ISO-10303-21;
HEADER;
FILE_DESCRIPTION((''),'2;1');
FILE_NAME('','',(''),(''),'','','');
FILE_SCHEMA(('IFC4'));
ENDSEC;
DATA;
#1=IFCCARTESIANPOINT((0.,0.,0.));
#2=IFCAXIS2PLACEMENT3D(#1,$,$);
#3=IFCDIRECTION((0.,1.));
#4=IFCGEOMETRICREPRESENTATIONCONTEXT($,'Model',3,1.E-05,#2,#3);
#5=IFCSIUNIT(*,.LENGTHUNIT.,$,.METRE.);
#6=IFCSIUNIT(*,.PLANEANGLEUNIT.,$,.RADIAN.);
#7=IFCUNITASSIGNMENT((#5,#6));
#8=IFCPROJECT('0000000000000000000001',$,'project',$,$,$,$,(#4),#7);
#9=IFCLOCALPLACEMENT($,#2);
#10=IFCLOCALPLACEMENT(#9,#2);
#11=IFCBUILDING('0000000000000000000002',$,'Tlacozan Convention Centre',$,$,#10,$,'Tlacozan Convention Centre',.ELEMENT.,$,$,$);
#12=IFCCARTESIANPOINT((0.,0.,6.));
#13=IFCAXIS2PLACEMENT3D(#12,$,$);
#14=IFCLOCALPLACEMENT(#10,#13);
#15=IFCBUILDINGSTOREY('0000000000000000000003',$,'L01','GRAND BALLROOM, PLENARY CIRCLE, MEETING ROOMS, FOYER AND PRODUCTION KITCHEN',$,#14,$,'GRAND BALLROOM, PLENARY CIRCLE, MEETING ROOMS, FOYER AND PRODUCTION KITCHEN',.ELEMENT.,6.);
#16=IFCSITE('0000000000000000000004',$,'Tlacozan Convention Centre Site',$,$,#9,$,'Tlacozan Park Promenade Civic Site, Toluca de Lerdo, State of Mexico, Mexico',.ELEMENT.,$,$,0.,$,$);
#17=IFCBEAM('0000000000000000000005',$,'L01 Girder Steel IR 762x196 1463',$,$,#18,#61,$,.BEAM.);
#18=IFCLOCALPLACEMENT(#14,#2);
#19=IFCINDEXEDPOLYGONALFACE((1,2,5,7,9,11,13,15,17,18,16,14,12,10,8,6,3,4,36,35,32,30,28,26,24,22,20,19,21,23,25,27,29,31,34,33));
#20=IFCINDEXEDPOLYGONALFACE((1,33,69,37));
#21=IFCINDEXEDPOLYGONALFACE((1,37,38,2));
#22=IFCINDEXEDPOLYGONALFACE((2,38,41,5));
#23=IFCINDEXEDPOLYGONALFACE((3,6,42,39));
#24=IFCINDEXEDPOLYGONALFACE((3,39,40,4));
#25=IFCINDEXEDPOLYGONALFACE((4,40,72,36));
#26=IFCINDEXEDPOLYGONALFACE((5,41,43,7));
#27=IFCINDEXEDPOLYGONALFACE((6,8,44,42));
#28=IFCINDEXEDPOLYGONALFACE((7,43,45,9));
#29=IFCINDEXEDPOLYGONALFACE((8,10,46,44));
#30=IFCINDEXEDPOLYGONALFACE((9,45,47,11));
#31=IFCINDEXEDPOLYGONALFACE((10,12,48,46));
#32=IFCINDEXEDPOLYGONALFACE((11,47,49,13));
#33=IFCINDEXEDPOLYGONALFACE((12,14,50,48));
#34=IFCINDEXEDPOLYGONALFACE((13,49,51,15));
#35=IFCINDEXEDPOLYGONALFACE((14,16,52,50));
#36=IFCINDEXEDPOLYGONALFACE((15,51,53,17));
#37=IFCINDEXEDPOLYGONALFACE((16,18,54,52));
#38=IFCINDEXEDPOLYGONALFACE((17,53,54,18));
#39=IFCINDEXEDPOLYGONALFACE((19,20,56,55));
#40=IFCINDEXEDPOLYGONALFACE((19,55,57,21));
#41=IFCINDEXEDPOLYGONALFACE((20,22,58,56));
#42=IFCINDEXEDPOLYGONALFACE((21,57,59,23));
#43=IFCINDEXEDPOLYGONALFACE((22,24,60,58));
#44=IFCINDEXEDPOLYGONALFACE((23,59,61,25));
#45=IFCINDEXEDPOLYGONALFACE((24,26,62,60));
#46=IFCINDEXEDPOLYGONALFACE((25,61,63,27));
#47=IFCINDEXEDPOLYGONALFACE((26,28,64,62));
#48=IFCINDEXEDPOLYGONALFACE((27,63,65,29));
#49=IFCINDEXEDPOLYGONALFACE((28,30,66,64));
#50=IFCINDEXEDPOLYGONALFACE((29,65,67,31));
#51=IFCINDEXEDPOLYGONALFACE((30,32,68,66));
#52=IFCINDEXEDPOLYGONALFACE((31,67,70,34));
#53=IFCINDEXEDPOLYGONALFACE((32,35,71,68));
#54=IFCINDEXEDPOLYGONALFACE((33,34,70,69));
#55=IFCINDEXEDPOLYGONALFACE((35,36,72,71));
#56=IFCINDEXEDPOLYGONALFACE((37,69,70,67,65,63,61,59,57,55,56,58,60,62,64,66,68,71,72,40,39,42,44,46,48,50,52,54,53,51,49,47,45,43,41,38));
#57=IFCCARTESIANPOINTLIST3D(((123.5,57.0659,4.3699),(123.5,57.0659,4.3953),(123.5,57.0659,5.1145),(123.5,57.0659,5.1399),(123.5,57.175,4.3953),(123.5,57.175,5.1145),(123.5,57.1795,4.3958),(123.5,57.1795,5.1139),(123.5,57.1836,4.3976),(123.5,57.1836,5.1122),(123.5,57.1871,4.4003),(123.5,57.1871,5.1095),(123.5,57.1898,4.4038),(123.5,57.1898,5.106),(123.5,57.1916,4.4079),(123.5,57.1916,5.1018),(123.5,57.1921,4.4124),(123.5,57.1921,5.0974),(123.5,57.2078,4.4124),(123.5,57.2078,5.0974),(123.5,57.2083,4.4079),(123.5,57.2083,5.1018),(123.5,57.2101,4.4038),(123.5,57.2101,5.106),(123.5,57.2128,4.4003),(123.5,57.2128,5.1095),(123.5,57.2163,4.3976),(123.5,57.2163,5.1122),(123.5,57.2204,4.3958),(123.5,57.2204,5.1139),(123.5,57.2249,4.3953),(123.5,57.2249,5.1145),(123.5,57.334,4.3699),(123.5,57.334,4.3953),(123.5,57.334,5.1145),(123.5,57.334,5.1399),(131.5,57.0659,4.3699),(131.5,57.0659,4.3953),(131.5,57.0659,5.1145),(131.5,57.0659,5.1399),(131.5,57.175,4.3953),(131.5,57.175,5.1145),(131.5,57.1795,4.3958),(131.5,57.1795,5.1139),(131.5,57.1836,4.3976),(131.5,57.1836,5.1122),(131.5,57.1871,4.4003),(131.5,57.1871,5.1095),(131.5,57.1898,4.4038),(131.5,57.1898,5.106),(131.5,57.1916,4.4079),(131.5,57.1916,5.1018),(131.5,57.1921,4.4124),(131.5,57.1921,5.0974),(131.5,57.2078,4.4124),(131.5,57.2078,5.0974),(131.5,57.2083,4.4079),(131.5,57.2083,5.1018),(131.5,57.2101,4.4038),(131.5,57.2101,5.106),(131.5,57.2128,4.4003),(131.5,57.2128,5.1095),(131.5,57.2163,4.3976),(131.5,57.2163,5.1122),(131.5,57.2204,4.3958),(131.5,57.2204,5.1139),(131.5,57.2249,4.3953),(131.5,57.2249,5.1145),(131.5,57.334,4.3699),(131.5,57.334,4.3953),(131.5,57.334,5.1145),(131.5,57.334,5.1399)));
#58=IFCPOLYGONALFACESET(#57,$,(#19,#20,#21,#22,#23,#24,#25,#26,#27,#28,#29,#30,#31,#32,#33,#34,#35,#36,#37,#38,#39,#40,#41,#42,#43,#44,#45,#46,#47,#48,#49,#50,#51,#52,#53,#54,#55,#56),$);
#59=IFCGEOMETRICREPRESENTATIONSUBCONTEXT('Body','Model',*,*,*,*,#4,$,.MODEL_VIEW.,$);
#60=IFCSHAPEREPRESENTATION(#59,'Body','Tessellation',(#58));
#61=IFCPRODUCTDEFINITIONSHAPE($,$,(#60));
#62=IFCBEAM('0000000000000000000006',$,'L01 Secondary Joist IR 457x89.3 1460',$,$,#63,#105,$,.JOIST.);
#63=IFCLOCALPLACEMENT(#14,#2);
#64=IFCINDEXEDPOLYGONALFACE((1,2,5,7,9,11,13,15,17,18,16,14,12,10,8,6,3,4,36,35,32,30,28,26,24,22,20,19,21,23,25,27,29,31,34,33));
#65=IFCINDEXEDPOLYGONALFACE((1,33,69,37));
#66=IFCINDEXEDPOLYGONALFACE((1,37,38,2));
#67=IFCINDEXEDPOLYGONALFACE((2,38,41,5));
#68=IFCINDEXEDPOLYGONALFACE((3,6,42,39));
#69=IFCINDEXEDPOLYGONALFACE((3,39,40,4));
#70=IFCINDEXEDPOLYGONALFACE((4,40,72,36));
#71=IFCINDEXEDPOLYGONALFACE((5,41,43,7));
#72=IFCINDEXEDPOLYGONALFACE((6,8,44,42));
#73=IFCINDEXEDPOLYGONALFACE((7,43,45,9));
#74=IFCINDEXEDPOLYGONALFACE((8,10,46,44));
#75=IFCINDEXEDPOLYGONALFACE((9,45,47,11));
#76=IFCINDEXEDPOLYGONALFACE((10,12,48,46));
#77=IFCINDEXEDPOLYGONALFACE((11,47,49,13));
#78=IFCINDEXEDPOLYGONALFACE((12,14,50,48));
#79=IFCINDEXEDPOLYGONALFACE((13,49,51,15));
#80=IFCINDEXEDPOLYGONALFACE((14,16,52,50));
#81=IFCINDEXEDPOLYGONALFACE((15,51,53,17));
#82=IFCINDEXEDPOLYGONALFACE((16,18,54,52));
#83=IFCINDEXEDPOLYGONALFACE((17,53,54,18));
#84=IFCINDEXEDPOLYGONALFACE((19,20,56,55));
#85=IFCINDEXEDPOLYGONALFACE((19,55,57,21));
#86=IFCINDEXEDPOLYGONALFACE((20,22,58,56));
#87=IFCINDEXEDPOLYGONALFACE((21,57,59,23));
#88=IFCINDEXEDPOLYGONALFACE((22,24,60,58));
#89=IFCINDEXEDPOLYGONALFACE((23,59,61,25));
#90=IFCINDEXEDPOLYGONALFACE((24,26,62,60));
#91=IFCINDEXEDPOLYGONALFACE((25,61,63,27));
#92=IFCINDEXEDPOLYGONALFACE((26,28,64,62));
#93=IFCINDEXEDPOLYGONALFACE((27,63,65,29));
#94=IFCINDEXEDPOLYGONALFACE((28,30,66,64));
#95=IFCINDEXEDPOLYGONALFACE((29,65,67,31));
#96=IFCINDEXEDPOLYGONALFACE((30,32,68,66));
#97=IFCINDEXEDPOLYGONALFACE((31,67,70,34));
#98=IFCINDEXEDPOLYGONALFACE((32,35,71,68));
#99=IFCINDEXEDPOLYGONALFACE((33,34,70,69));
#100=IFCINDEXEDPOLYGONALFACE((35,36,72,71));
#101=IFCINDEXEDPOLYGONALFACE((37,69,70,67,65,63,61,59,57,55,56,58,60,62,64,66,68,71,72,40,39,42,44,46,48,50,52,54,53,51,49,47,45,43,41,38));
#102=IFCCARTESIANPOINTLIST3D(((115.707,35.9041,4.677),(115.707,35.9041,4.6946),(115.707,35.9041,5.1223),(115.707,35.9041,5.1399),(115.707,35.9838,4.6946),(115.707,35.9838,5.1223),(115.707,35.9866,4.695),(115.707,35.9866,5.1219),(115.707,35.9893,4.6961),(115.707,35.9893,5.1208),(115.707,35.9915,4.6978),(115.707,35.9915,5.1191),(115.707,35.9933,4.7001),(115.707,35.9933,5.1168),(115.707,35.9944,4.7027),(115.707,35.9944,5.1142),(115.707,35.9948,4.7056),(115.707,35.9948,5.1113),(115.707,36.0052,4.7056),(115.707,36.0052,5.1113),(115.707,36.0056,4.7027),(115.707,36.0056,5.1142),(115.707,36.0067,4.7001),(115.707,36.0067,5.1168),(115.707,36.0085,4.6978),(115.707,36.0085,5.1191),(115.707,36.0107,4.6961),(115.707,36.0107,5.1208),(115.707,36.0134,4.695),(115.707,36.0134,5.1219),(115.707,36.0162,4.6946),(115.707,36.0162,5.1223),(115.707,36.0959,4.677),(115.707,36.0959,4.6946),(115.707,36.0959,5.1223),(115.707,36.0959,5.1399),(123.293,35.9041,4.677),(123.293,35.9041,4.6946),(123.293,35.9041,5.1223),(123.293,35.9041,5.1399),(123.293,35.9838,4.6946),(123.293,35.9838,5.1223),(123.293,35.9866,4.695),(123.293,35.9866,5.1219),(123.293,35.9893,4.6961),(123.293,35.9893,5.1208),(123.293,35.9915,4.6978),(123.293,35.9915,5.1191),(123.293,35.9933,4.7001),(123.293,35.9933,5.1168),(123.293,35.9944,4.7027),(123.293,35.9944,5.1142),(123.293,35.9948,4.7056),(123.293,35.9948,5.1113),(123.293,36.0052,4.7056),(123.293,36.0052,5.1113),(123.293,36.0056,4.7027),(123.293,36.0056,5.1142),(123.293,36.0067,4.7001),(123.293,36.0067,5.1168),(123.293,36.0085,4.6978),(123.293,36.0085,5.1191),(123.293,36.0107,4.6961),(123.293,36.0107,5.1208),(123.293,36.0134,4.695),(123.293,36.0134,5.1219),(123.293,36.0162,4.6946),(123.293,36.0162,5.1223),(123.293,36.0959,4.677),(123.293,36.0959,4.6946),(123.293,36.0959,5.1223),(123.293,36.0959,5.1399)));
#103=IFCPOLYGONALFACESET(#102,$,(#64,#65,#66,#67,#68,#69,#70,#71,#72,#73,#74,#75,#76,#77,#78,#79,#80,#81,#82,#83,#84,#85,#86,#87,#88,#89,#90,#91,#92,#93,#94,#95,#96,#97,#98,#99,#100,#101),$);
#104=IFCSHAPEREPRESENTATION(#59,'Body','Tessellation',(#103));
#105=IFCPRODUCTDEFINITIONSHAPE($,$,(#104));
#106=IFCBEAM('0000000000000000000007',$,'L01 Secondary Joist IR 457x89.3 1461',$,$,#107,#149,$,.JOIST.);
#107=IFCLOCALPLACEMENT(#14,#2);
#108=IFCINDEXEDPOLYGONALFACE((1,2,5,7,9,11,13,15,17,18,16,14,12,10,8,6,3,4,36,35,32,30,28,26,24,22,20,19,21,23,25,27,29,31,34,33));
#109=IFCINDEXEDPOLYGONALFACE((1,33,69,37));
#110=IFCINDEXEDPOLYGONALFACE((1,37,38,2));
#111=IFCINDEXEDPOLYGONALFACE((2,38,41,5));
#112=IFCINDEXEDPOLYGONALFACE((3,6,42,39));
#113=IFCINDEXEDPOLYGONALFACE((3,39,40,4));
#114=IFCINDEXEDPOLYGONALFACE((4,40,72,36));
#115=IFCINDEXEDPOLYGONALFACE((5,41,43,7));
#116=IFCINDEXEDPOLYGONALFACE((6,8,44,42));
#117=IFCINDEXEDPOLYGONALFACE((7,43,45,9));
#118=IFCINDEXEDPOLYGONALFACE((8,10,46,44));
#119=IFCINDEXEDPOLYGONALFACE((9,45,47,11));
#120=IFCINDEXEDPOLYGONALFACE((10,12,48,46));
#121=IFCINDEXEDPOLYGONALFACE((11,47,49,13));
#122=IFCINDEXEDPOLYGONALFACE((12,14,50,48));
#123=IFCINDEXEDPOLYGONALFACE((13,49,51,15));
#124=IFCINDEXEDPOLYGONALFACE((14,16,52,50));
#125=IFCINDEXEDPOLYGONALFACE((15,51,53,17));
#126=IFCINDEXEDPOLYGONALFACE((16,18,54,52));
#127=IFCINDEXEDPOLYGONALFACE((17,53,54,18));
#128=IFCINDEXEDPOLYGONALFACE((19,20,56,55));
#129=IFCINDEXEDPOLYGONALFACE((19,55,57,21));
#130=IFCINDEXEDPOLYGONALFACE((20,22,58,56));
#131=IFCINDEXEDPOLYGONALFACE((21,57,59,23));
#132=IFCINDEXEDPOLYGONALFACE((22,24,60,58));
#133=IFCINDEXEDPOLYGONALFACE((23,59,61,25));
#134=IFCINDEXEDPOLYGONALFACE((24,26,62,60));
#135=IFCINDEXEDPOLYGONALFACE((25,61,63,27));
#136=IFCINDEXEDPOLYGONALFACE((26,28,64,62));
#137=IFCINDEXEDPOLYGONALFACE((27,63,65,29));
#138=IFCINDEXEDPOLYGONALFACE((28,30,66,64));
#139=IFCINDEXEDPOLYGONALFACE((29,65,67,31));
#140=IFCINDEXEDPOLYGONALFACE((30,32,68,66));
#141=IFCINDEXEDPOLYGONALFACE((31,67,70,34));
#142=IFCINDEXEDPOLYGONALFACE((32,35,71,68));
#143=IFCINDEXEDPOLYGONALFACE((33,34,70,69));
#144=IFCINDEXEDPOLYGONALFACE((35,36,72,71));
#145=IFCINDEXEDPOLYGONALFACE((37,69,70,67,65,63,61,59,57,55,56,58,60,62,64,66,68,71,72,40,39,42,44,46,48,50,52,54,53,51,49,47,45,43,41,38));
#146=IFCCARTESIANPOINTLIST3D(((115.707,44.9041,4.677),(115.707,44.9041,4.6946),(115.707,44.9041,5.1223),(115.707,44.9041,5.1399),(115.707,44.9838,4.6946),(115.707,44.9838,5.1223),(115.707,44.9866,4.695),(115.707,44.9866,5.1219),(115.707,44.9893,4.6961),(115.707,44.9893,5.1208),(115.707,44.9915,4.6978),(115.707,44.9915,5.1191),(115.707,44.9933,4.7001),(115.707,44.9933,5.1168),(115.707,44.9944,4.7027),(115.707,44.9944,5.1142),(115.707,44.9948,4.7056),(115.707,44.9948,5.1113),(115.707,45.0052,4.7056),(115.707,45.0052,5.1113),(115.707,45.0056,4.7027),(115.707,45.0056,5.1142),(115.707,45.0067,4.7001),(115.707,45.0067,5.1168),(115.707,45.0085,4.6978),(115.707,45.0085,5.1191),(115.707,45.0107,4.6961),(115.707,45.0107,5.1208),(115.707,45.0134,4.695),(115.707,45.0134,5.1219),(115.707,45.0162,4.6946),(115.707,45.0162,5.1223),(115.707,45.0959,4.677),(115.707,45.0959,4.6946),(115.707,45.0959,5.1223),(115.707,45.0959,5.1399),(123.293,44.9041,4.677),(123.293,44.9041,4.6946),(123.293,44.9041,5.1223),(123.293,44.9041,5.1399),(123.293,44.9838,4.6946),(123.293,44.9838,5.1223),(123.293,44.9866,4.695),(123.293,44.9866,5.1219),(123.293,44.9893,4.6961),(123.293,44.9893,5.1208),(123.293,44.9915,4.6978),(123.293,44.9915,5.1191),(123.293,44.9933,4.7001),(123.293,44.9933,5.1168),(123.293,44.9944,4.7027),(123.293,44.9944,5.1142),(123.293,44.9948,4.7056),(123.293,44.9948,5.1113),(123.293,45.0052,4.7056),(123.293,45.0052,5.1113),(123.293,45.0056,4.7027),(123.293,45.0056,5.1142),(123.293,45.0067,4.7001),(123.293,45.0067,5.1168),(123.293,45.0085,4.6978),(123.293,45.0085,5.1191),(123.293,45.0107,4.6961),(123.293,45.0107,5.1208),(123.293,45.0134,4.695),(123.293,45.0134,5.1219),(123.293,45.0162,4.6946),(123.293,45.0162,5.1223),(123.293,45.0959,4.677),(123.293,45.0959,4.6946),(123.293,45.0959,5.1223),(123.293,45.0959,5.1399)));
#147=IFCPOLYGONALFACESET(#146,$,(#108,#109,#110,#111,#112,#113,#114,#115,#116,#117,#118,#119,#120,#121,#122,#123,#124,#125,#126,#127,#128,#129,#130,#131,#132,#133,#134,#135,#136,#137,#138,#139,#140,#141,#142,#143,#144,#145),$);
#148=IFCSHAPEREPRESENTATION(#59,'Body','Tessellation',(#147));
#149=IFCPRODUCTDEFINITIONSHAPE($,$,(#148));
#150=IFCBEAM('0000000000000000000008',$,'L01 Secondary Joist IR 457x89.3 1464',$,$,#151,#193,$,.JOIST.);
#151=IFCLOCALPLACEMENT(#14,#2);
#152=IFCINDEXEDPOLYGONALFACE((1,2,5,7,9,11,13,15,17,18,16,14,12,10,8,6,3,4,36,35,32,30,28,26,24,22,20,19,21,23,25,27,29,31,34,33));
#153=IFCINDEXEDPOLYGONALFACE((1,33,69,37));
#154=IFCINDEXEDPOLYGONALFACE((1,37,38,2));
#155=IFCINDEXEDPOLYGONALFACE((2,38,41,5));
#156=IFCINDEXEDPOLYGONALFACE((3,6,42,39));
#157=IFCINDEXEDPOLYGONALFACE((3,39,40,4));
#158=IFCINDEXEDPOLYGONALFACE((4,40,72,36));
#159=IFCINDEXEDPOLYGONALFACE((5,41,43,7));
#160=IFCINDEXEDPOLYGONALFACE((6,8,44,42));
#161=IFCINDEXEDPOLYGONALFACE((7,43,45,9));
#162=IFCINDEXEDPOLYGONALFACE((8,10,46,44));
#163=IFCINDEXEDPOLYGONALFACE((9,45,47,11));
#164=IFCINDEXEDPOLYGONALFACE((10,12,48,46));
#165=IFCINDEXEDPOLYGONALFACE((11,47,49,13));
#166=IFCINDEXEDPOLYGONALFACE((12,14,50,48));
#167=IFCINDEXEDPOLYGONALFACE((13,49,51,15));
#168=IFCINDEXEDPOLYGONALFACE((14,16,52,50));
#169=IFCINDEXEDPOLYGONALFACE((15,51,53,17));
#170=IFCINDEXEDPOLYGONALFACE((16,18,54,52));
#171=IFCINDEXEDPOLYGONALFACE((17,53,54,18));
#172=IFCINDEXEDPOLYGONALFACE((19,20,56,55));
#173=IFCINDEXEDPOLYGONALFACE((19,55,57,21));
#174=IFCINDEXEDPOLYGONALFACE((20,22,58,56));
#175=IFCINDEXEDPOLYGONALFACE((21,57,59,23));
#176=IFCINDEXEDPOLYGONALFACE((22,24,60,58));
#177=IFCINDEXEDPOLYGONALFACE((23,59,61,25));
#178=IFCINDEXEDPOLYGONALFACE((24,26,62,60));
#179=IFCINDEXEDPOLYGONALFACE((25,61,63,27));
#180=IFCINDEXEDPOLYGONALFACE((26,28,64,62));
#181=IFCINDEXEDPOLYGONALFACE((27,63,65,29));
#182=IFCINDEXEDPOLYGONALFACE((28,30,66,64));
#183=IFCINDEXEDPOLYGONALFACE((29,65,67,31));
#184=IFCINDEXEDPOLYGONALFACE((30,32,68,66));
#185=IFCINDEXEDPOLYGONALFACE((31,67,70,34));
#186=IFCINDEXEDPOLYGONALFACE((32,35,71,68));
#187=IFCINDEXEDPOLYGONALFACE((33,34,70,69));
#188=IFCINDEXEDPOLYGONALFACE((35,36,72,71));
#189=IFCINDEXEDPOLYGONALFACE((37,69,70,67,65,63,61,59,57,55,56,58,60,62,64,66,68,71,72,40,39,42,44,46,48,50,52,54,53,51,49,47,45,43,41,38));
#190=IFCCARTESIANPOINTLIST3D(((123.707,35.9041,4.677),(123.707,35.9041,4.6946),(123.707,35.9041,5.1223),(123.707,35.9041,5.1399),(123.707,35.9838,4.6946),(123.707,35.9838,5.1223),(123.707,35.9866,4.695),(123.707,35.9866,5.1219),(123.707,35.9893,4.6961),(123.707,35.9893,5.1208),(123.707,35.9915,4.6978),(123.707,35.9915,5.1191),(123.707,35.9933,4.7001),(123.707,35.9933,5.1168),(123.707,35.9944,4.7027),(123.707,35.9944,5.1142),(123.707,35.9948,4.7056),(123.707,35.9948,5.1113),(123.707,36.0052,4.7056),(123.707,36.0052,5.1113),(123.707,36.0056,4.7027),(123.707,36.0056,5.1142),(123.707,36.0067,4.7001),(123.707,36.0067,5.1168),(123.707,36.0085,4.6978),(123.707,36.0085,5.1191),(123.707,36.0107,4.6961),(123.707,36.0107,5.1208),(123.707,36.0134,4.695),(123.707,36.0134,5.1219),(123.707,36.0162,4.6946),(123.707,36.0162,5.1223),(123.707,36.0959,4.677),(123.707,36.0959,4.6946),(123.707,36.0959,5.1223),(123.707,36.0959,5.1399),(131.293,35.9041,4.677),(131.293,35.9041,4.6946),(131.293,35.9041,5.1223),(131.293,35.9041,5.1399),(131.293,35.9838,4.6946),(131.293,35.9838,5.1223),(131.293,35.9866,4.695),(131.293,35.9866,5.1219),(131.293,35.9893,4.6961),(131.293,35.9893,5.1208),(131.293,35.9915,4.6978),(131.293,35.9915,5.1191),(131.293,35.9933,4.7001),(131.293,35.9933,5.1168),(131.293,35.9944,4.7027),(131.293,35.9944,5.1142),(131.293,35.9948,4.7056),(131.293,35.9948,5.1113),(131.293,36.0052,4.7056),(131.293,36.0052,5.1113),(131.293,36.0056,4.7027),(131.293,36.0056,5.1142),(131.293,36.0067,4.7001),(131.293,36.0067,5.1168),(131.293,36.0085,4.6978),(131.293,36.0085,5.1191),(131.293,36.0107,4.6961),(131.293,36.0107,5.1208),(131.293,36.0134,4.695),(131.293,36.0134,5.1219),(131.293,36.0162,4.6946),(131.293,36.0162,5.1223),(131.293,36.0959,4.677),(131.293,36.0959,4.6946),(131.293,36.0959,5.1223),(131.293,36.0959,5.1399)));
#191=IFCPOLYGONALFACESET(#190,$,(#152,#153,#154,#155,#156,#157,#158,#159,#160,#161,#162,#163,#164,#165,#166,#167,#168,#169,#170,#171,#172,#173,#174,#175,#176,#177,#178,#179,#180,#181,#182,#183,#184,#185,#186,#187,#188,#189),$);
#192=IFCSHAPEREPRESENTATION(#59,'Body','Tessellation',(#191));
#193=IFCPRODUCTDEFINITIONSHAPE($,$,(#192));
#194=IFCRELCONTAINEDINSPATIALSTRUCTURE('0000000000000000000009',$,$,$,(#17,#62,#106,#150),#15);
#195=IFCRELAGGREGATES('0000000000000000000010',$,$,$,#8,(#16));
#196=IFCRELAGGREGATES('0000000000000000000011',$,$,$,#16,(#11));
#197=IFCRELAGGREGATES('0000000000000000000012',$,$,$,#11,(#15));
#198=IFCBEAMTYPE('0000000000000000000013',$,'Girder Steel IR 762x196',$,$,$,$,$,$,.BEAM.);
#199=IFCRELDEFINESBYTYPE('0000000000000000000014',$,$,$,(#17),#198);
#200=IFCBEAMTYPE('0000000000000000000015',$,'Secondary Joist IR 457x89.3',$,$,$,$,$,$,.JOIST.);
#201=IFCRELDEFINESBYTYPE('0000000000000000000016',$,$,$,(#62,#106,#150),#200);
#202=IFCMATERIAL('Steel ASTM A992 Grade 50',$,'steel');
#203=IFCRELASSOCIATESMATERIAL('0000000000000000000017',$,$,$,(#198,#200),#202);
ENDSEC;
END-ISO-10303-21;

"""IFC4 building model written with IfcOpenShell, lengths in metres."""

from ifc_helpers import new_model, si_unit, direction, frame, origin, origin_2d, place, context, subcontext, project, spatial, i_section, extrude, material, material_profile, profile_set, type_object, element, save


model = new_model("IFC4")

# Units and contexts
model_context = context("Model", 3, precision=1e-05, world=origin(), true_north=direction((0.0, 1.0)))
body_context = subcontext(model_context, "Body", "Model", "MODEL_VIEW")
ifc_project = project(units=[si_unit("LENGTHUNIT", "METRE"), si_unit("PLANEANGLEUNIT", "RADIAN")], contexts=[model_context])

# Site, building, storey
site_placement = place(None, origin())
site = spatial("IfcSite", under=ifc_project, at=site_placement, Name="Tlacozan Convention Centre Site", LongName="Tlacozan Park Promenade Civic Site, Toluca de Lerdo, State of Mexico, Mexico", CompositionType="ELEMENT", RefElevation=0.0)
building_placement = place(site_placement, origin())
building = spatial("IfcBuilding", under=site, at=building_placement, Name="Tlacozan Convention Centre", LongName="Tlacozan Convention Centre", CompositionType="ELEMENT")
storey_placement = place(building_placement, frame((0.0, 0.0, 6.0)))
storey = spatial("IfcBuildingStorey", under=building, at=storey_placement, Name="L01", Description="GRAND BALLROOM, PLENARY CIRCLE, MEETING ROOMS, FOYER AND PRODUCTION KITCHEN", LongName="GRAND BALLROOM, PLENARY CIRCLE, MEETING ROOMS, FOYER AND PRODUCTION KITCHEN", CompositionType="ELEMENT", Elevation=6.0)

# Shared definitions
ifc_material_1 = material(Name="Steel ASTM A992 Grade 50", Category="steel")

# Beams
ifc_material_profile_1 = material_profile(ifc_material_1, i_section(OverallWidth=0.2681, OverallDepth=0.77, WebThickness=0.0156, FlangeThickness=0.0254, FilletRadius=0.0171, at=origin_2d()), Name="IR 762x196.0")
ifc_profile_set_1 = profile_set([ifc_material_profile_1], Name="Steel ASTM A992 Grade 50")
beam_type_1 = type_object("IfcBeamType", Name="Girder Steel IR 762x196", PredefinedType="BEAM", material=ifc_profile_set_1)
for number, where, z_axis, x_axis, name in (
    (1, (123.5, 57.2, 4.7549), (1.0, 0.0, 0.0), (0.0, 1.0, 0.0), "L01 Girder Steel IR 762x196 1463"),
):
    element("IfcBeam", number, at=place(storey_placement, frame(where, z_axis=z_axis, x_axis=x_axis)), inside=storey, type_object=beam_type_1, Name=name, PredefinedType="BEAM", context=body_context, shape_type="SweptSolid", body=[
        extrude(i_section(OverallWidth=0.2681, OverallDepth=0.77, WebThickness=0.0156, FlangeThickness=0.0254, FilletRadius=0.0171, at=origin_2d()), origin(), (0.0, 0.0, 1.0), 8.0),
    ])
ifc_material_profile_2 = material_profile(ifc_material_1, i_section(OverallWidth=0.1919, OverallDepth=0.4629, WebThickness=0.0105, FlangeThickness=0.0176, FilletRadius=0.011, at=origin_2d()), Name="IR 457x89.3")
ifc_profile_set_2 = profile_set([ifc_material_profile_2], Name="Steel ASTM A992 Grade 50")
beam_type_2 = type_object("IfcBeamType", Name="Secondary Joist IR 457x89.3", PredefinedType="JOIST", material=ifc_profile_set_2)
for number, where, z_axis, x_axis, name in (
    (2, (115.707, 36.0, 4.9084), (1.0, 0.0, 0.0), (0.0, 1.0, 0.0), "L01 Secondary Joist IR 457x89.3 1460"),
    (3, (115.707, 45.0, 4.9084), (1.0, 0.0, 0.0), (0.0, 1.0, 0.0), "L01 Secondary Joist IR 457x89.3 1461"),
    (4, (123.707, 36.0, 4.9084), (1.0, 0.0, 0.0), (0.0, 1.0, 0.0), "L01 Secondary Joist IR 457x89.3 1464"),
):
    element("IfcBeam", number, at=place(storey_placement, frame(where, z_axis=z_axis, x_axis=x_axis)), inside=storey, type_object=beam_type_2, Name=name, PredefinedType="JOIST", context=body_context, shape_type="SweptSolid", body=[
        extrude(i_section(OverallWidth=0.1919, OverallDepth=0.4629, WebThickness=0.0105, FlangeThickness=0.0176, FilletRadius=0.011, at=origin_2d()), origin(), (0.0, 0.0, 1.0), 7.5859),
    ])

save(model, "model.ifc")
